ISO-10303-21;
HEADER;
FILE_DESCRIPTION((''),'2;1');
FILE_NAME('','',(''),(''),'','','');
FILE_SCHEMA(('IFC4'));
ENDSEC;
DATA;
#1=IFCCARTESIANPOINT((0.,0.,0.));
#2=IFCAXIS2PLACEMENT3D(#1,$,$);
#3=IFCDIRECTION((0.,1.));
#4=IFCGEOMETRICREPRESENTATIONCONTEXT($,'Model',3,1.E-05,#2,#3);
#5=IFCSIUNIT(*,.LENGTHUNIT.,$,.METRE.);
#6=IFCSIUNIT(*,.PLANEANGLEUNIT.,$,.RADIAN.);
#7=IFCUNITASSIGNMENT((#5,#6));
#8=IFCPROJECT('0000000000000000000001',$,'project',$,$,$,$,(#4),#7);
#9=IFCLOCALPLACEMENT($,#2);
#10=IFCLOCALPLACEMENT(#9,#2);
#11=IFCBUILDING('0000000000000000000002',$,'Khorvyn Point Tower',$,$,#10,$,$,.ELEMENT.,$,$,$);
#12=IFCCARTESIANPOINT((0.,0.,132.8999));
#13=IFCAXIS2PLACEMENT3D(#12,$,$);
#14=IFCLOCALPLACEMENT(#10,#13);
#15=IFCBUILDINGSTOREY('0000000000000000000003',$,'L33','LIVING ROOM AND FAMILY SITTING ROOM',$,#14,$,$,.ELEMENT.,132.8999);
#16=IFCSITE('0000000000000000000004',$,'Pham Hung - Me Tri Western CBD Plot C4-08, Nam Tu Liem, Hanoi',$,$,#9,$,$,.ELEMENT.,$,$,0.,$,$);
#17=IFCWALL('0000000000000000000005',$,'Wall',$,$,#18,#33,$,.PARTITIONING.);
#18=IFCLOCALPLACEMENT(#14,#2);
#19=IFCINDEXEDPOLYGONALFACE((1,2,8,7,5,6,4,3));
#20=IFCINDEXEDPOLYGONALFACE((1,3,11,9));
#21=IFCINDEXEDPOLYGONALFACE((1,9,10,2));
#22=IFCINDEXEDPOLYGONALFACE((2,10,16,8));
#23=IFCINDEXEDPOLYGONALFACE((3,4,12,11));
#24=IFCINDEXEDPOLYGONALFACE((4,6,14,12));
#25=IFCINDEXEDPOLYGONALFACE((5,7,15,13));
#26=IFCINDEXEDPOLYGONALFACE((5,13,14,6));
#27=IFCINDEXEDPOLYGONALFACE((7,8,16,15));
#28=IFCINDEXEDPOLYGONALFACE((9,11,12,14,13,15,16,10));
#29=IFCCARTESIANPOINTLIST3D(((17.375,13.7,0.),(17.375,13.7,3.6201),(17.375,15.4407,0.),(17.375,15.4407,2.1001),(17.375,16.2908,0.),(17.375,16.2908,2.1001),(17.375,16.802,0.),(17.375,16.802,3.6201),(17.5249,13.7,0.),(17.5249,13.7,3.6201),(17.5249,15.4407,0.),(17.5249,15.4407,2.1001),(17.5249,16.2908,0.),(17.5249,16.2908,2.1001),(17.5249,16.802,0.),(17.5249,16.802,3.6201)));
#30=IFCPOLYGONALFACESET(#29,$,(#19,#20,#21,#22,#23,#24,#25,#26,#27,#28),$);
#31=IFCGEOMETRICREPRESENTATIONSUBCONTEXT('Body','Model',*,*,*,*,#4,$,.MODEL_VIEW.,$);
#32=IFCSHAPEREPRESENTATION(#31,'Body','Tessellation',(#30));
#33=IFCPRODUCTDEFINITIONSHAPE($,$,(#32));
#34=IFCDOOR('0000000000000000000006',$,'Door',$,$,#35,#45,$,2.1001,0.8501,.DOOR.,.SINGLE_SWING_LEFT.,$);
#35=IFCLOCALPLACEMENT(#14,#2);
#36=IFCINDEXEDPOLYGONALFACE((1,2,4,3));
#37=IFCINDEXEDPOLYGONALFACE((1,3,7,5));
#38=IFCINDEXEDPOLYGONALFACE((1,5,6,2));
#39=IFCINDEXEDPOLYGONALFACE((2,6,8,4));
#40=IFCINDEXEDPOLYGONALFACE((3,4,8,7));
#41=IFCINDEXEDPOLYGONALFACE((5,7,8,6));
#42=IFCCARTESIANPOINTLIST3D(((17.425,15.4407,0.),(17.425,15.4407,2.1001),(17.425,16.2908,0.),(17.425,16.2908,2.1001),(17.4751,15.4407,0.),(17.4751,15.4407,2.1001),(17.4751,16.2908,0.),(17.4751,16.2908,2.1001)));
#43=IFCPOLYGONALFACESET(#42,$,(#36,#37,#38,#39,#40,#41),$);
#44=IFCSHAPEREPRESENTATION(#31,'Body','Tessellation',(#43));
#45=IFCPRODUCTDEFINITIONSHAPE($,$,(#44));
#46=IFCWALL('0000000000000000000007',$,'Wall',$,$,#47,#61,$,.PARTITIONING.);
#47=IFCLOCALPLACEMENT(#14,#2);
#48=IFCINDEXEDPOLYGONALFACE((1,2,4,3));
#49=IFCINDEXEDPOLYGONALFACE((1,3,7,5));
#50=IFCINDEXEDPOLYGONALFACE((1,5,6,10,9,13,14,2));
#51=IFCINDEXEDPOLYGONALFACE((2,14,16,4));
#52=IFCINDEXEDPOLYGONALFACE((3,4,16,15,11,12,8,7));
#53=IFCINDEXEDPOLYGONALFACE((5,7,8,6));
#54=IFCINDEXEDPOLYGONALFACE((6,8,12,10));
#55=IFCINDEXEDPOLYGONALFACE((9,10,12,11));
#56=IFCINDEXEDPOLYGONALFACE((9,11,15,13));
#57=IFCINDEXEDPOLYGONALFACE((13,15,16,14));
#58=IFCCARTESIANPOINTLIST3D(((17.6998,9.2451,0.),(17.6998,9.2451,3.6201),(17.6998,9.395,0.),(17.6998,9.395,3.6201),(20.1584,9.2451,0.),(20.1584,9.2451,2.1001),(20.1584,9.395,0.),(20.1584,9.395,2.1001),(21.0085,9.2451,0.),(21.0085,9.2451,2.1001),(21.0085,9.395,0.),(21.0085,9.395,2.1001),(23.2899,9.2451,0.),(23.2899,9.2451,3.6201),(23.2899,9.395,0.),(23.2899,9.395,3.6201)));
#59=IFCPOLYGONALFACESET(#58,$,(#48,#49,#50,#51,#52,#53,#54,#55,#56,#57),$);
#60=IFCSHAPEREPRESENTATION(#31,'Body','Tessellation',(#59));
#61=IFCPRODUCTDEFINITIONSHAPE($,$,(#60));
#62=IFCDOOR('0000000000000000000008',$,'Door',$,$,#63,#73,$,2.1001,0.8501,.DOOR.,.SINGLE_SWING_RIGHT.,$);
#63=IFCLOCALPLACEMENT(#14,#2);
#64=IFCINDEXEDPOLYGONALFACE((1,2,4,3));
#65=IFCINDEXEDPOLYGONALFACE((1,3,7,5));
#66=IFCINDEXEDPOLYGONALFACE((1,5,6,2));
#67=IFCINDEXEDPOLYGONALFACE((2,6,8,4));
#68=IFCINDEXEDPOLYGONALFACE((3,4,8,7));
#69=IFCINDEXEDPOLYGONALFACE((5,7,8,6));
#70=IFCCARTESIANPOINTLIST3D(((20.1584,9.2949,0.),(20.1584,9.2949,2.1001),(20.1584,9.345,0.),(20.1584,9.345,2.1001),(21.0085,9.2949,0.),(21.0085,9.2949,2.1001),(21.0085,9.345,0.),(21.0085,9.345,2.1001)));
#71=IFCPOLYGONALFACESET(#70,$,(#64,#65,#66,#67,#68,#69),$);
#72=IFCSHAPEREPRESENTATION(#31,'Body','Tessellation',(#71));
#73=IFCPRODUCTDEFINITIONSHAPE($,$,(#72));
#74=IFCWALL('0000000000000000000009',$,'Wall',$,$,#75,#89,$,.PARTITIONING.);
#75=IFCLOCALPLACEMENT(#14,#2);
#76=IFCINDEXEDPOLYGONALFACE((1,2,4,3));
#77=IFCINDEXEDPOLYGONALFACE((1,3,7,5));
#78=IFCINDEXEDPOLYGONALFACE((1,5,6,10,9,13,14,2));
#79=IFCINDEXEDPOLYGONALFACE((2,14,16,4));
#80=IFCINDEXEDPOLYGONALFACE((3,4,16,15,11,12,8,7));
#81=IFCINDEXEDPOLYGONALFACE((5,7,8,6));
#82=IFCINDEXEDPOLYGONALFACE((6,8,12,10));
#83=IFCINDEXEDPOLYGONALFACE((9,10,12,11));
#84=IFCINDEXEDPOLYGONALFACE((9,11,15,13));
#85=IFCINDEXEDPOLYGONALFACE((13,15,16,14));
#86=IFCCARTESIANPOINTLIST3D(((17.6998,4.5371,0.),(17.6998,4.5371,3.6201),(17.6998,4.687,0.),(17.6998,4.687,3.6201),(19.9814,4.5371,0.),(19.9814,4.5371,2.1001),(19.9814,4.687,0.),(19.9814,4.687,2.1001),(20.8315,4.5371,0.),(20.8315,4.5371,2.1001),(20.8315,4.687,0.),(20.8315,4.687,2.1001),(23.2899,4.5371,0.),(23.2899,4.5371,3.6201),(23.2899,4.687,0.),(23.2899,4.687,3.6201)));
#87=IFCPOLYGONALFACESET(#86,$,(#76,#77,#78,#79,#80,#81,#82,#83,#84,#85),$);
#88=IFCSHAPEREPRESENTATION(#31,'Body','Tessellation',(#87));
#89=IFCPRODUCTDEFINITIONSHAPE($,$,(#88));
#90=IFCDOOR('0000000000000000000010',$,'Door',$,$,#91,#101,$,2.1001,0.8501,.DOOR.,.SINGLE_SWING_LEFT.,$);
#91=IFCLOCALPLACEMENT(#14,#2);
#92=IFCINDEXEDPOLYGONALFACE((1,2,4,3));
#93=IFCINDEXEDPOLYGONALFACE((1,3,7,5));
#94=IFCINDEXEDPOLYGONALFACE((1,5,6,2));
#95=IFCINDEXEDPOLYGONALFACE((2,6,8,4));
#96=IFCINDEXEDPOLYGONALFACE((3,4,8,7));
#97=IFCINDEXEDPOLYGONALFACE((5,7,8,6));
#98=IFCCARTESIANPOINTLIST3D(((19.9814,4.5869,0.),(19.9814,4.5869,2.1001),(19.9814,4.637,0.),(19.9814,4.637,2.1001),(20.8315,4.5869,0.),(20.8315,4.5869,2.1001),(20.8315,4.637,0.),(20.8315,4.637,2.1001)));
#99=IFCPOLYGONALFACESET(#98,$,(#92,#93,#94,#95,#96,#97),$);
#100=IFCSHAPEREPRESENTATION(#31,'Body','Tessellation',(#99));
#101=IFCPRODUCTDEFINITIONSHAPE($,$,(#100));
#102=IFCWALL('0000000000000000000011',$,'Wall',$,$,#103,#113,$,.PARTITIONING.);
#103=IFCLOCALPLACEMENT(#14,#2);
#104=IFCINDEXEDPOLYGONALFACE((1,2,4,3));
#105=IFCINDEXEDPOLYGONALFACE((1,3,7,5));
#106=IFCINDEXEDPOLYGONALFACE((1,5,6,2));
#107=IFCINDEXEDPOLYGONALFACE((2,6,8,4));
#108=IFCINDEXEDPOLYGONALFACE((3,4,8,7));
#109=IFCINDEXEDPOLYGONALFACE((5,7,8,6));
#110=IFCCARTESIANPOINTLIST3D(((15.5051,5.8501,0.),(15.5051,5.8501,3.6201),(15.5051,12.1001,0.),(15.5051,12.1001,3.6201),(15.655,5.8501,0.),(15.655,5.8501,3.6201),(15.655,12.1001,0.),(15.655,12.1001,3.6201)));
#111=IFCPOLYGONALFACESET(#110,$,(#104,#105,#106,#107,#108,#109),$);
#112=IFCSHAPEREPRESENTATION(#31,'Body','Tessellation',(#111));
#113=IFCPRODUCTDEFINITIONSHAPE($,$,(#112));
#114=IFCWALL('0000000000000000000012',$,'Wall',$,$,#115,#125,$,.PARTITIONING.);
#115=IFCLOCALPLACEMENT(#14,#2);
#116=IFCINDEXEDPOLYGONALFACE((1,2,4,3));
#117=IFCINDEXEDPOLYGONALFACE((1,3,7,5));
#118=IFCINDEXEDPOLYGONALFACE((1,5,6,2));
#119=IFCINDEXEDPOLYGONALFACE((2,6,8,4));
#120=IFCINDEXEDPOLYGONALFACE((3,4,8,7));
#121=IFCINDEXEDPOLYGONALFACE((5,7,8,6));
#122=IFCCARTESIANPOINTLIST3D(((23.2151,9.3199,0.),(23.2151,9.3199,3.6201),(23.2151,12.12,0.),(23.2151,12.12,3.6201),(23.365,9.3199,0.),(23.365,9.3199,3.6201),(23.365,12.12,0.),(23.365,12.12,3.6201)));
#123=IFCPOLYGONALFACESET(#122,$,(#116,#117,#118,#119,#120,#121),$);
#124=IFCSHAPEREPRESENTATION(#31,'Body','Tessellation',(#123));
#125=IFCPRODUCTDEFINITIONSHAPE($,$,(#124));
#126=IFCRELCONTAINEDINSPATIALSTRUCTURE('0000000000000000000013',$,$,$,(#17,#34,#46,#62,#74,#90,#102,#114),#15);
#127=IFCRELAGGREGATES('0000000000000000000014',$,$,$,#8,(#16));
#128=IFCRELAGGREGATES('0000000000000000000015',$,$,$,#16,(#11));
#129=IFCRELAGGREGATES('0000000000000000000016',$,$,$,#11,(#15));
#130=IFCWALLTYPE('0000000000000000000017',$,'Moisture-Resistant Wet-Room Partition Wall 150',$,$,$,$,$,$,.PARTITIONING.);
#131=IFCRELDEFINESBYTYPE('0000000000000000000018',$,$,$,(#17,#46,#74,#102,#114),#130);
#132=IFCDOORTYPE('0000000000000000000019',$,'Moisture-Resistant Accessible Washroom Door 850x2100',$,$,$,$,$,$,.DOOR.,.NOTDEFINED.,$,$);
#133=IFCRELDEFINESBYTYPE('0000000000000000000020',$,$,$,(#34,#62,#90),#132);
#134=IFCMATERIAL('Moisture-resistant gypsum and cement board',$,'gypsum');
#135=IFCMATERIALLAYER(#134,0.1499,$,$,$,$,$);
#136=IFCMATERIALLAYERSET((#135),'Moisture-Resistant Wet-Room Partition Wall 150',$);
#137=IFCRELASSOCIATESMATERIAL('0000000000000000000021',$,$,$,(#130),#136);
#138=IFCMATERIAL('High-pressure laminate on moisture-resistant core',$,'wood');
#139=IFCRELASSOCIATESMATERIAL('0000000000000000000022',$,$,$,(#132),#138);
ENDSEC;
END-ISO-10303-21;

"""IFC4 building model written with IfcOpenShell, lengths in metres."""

from ifc_helpers import new_model, si_unit, direction, frame, frame_2d, origin, place, context, subcontext, project, spatial, rectangle, extrude, material, layer, layer_set, type_object, element, fill, save


model = new_model("IFC4")

# Units and contexts
model_context = context("Model", 3, precision=1e-05, world=origin(), true_north=direction((0.0, 1.0)))
body_context = subcontext(model_context, "Body", "Model", "MODEL_VIEW")
ifc_project = project(units=[si_unit("LENGTHUNIT", "METRE"), si_unit("PLANEANGLEUNIT", "RADIAN")], contexts=[model_context])

# Site, building, storey
site_placement = place(None, origin())
site = spatial("IfcSite", under=ifc_project, at=site_placement, Name="Pham Hung - Me Tri Western CBD Plot C4-08, Nam Tu Liem, Hanoi", CompositionType="ELEMENT", RefElevation=0.0)
building_placement = place(site_placement, origin())
building = spatial("IfcBuilding", under=site, at=building_placement, Name="Khorvyn Point Tower", CompositionType="ELEMENT")
storey_placement = place(building_placement, frame((0.0, 0.0, 132.8999)))
storey = spatial("IfcBuildingStorey", under=building, at=storey_placement, Name="L33", Description="LIVING ROOM AND FAMILY SITTING ROOM", CompositionType="ELEMENT", Elevation=132.8999)

# Walls, openings, doors
ifc_material_1 = material(Name="Moisture-resistant gypsum and cement board", Category="gypsum")
ifc_layer_1 = layer(ifc_material_1, 0.1499)
ifc_layer_set_1 = layer_set([ifc_layer_1], Name="Moisture-Resistant Wet-Room Partition Wall 150")
wall_type_1 = type_object("IfcWallType", Name="Moisture-Resistant Wet-Room Partition Wall 150", PredefinedType="PARTITIONING", material=ifc_layer_set_1)
wall_1_placement = place(storey_placement, frame((17.45, 13.7, 0.0), z_axis=(0.0, 0.0, 1.0), x_axis=(0.0, 1.0, 0.0)))
wall_1 = element("IfcWall", 1, at=wall_1_placement, inside=storey, type_object=wall_type_1, Name="Wall", PredefinedType="PARTITIONING", context=body_context, shape_type="SweptSolid", body=[
    extrude(rectangle(XDim=3.1021, YDim=0.1499, at=frame_2d((1.551, 0.0))), origin(), (0.0, 0.0, 1.0), 3.6201),
])
opening_1_placement = place(wall_1_placement, frame((1.7407, 0.0, 0.0)))
opening_1 = element("IfcOpeningElement", 2, at=opening_1_placement, cuts=wall_1, PredefinedType="OPENING", context=body_context, shape_type="SweptSolid", body=[
    extrude(rectangle(XDim=0.8501, YDim=2.1001, at=frame_2d((0.425, 1.05))), frame((0.0, 0.085, 0.0), z_axis=(0.0, -1.0, 0.0), x_axis=(1.0, 0.0, 0.0)), (0.0, 0.0, 1.0), 0.1699),
])
ifc_material_2 = material(Name="High-pressure laminate on moisture-resistant core", Category="wood")
door_type_1 = type_object("IfcDoorType", Name="Moisture-Resistant Accessible Washroom Door 850x2100", OperationType="NOTDEFINED", PredefinedType="DOOR", material=ifc_material_2)
door_1_placement = place(opening_1_placement, origin())
door_1 = element("IfcDoor", 3, at=door_1_placement, inside=storey, type_object=door_type_1, Name="Door", OperationType="SINGLE_SWING_LEFT", OverallHeight=2.1001, OverallWidth=0.8501, PredefinedType="DOOR", context=body_context, shape_type="SweptSolid", body=[
    extrude(rectangle(XDim=0.8501, YDim=2.1001, at=frame_2d((0.425, 1.05))), frame((0.0, 0.0249, 0.0), z_axis=(0.0, -1.0, 0.0), x_axis=(1.0, 0.0, 0.0)), (0.0, 0.0, 1.0), 0.05),
])
fill(opening_1, door_1)
wall_2_placement = place(storey_placement, frame((17.7, 9.3201, 0.0), z_axis=(0.0, 0.0, 1.0), x_axis=(1.0, 0.0, 0.0)))
wall_2 = element("IfcWall", 4, at=wall_2_placement, inside=storey, type_object=wall_type_1, Name="Wall", PredefinedType="PARTITIONING", context=body_context, shape_type="SweptSolid", body=[
    extrude(rectangle(XDim=5.5901, YDim=0.1499, at=frame_2d((2.7949, 0.0))), origin(), (0.0, 0.0, 1.0), 3.6201),
])
opening_2_placement = place(wall_2_placement, frame((2.4585, 0.0, 0.0)))
opening_2 = element("IfcOpeningElement", 5, at=opening_2_placement, cuts=wall_2, PredefinedType="OPENING", context=body_context, shape_type="SweptSolid", body=[
    extrude(rectangle(XDim=0.8501, YDim=2.1001, at=frame_2d((0.425, 1.05))), frame((0.0, 0.085, 0.0), z_axis=(0.0, -1.0, 0.0), x_axis=(1.0, 0.0, 0.0)), (0.0, 0.0, 1.0), 0.1699),
])
door_2_placement = place(opening_2_placement, origin())
door_2 = element("IfcDoor", 6, at=door_2_placement, inside=storey, type_object=door_type_1, Name="Door", OperationType="SINGLE_SWING_RIGHT", OverallHeight=2.1001, OverallWidth=0.8501, PredefinedType="DOOR", context=body_context, shape_type="SweptSolid", body=[
    extrude(rectangle(XDim=0.8501, YDim=2.1001, at=frame_2d((0.425, 1.05))), frame((0.0, 0.0249, 0.0), z_axis=(0.0, -1.0, 0.0), x_axis=(1.0, 0.0, 0.0)), (0.0, 0.0, 1.0), 0.05),
])
fill(opening_2, door_2)
wall_3_placement = place(storey_placement, frame((17.7, 4.6121, 0.0), z_axis=(0.0, 0.0, 1.0), x_axis=(1.0, 0.0, 0.0)))
wall_3 = element("IfcWall", 7, at=wall_3_placement, inside=storey, type_object=wall_type_1, Name="Wall", PredefinedType="PARTITIONING", context=body_context, shape_type="SweptSolid", body=[
    extrude(rectangle(XDim=5.5901, YDim=0.1499, at=frame_2d((2.7949, 0.0))), origin(), (0.0, 0.0, 1.0), 3.6201),
])
opening_3_placement = place(wall_3_placement, frame((2.2815, 0.0, 0.0)))
opening_3 = element("IfcOpeningElement", 8, at=opening_3_placement, cuts=wall_3, PredefinedType="OPENING", context=body_context, shape_type="SweptSolid", body=[
    extrude(rectangle(XDim=0.8501, YDim=2.1001, at=frame_2d((0.425, 1.05))), frame((0.0, 0.085, 0.0), z_axis=(0.0, -1.0, 0.0), x_axis=(1.0, 0.0, 0.0)), (0.0, 0.0, 1.0), 0.1699),
])
door_3_placement = place(opening_3_placement, origin())
door_3 = element("IfcDoor", 9, at=door_3_placement, inside=storey, type_object=door_type_1, Name="Door", OperationType="SINGLE_SWING_LEFT", OverallHeight=2.1001, OverallWidth=0.8501, PredefinedType="DOOR", context=body_context, shape_type="SweptSolid", body=[
    extrude(rectangle(XDim=0.8501, YDim=2.1001, at=frame_2d((0.425, 1.05))), frame((0.0, 0.0249, 0.0), z_axis=(0.0, -1.0, 0.0), x_axis=(1.0, 0.0, 0.0)), (0.0, 0.0, 1.0), 0.05),
])
fill(opening_3, door_3)

# Walls
wall_4_placement = place(storey_placement, frame((15.5801, 5.8501, 0.0), z_axis=(0.0, 0.0, 1.0), x_axis=(0.0, 1.0, 0.0)))
element("IfcWall", 10, at=wall_4_placement, inside=storey, type_object=wall_type_1, Name="Wall", PredefinedType="PARTITIONING", context=body_context, shape_type="SweptSolid", body=[
    extrude(rectangle(XDim=6.25, YDim=0.1499, at=frame_2d((3.125, 0.0))), origin(), (0.0, 0.0, 1.0), 3.6201),
])
wall_5_placement = place(storey_placement, frame((23.29, 9.3201, 0.0), z_axis=(0.0, 0.0, 1.0), x_axis=(0.0, 1.0, 0.0)))
element("IfcWall", 11, at=wall_5_placement, inside=storey, type_object=wall_type_1, Name="Wall", PredefinedType="PARTITIONING", context=body_context, shape_type="SweptSolid", body=[
    extrude(rectangle(XDim=2.8, YDim=0.1499, at=frame_2d((1.3999, 0.0))), origin(), (0.0, 0.0, 1.0), 3.6201),
])

save(model, "model.ifc")
